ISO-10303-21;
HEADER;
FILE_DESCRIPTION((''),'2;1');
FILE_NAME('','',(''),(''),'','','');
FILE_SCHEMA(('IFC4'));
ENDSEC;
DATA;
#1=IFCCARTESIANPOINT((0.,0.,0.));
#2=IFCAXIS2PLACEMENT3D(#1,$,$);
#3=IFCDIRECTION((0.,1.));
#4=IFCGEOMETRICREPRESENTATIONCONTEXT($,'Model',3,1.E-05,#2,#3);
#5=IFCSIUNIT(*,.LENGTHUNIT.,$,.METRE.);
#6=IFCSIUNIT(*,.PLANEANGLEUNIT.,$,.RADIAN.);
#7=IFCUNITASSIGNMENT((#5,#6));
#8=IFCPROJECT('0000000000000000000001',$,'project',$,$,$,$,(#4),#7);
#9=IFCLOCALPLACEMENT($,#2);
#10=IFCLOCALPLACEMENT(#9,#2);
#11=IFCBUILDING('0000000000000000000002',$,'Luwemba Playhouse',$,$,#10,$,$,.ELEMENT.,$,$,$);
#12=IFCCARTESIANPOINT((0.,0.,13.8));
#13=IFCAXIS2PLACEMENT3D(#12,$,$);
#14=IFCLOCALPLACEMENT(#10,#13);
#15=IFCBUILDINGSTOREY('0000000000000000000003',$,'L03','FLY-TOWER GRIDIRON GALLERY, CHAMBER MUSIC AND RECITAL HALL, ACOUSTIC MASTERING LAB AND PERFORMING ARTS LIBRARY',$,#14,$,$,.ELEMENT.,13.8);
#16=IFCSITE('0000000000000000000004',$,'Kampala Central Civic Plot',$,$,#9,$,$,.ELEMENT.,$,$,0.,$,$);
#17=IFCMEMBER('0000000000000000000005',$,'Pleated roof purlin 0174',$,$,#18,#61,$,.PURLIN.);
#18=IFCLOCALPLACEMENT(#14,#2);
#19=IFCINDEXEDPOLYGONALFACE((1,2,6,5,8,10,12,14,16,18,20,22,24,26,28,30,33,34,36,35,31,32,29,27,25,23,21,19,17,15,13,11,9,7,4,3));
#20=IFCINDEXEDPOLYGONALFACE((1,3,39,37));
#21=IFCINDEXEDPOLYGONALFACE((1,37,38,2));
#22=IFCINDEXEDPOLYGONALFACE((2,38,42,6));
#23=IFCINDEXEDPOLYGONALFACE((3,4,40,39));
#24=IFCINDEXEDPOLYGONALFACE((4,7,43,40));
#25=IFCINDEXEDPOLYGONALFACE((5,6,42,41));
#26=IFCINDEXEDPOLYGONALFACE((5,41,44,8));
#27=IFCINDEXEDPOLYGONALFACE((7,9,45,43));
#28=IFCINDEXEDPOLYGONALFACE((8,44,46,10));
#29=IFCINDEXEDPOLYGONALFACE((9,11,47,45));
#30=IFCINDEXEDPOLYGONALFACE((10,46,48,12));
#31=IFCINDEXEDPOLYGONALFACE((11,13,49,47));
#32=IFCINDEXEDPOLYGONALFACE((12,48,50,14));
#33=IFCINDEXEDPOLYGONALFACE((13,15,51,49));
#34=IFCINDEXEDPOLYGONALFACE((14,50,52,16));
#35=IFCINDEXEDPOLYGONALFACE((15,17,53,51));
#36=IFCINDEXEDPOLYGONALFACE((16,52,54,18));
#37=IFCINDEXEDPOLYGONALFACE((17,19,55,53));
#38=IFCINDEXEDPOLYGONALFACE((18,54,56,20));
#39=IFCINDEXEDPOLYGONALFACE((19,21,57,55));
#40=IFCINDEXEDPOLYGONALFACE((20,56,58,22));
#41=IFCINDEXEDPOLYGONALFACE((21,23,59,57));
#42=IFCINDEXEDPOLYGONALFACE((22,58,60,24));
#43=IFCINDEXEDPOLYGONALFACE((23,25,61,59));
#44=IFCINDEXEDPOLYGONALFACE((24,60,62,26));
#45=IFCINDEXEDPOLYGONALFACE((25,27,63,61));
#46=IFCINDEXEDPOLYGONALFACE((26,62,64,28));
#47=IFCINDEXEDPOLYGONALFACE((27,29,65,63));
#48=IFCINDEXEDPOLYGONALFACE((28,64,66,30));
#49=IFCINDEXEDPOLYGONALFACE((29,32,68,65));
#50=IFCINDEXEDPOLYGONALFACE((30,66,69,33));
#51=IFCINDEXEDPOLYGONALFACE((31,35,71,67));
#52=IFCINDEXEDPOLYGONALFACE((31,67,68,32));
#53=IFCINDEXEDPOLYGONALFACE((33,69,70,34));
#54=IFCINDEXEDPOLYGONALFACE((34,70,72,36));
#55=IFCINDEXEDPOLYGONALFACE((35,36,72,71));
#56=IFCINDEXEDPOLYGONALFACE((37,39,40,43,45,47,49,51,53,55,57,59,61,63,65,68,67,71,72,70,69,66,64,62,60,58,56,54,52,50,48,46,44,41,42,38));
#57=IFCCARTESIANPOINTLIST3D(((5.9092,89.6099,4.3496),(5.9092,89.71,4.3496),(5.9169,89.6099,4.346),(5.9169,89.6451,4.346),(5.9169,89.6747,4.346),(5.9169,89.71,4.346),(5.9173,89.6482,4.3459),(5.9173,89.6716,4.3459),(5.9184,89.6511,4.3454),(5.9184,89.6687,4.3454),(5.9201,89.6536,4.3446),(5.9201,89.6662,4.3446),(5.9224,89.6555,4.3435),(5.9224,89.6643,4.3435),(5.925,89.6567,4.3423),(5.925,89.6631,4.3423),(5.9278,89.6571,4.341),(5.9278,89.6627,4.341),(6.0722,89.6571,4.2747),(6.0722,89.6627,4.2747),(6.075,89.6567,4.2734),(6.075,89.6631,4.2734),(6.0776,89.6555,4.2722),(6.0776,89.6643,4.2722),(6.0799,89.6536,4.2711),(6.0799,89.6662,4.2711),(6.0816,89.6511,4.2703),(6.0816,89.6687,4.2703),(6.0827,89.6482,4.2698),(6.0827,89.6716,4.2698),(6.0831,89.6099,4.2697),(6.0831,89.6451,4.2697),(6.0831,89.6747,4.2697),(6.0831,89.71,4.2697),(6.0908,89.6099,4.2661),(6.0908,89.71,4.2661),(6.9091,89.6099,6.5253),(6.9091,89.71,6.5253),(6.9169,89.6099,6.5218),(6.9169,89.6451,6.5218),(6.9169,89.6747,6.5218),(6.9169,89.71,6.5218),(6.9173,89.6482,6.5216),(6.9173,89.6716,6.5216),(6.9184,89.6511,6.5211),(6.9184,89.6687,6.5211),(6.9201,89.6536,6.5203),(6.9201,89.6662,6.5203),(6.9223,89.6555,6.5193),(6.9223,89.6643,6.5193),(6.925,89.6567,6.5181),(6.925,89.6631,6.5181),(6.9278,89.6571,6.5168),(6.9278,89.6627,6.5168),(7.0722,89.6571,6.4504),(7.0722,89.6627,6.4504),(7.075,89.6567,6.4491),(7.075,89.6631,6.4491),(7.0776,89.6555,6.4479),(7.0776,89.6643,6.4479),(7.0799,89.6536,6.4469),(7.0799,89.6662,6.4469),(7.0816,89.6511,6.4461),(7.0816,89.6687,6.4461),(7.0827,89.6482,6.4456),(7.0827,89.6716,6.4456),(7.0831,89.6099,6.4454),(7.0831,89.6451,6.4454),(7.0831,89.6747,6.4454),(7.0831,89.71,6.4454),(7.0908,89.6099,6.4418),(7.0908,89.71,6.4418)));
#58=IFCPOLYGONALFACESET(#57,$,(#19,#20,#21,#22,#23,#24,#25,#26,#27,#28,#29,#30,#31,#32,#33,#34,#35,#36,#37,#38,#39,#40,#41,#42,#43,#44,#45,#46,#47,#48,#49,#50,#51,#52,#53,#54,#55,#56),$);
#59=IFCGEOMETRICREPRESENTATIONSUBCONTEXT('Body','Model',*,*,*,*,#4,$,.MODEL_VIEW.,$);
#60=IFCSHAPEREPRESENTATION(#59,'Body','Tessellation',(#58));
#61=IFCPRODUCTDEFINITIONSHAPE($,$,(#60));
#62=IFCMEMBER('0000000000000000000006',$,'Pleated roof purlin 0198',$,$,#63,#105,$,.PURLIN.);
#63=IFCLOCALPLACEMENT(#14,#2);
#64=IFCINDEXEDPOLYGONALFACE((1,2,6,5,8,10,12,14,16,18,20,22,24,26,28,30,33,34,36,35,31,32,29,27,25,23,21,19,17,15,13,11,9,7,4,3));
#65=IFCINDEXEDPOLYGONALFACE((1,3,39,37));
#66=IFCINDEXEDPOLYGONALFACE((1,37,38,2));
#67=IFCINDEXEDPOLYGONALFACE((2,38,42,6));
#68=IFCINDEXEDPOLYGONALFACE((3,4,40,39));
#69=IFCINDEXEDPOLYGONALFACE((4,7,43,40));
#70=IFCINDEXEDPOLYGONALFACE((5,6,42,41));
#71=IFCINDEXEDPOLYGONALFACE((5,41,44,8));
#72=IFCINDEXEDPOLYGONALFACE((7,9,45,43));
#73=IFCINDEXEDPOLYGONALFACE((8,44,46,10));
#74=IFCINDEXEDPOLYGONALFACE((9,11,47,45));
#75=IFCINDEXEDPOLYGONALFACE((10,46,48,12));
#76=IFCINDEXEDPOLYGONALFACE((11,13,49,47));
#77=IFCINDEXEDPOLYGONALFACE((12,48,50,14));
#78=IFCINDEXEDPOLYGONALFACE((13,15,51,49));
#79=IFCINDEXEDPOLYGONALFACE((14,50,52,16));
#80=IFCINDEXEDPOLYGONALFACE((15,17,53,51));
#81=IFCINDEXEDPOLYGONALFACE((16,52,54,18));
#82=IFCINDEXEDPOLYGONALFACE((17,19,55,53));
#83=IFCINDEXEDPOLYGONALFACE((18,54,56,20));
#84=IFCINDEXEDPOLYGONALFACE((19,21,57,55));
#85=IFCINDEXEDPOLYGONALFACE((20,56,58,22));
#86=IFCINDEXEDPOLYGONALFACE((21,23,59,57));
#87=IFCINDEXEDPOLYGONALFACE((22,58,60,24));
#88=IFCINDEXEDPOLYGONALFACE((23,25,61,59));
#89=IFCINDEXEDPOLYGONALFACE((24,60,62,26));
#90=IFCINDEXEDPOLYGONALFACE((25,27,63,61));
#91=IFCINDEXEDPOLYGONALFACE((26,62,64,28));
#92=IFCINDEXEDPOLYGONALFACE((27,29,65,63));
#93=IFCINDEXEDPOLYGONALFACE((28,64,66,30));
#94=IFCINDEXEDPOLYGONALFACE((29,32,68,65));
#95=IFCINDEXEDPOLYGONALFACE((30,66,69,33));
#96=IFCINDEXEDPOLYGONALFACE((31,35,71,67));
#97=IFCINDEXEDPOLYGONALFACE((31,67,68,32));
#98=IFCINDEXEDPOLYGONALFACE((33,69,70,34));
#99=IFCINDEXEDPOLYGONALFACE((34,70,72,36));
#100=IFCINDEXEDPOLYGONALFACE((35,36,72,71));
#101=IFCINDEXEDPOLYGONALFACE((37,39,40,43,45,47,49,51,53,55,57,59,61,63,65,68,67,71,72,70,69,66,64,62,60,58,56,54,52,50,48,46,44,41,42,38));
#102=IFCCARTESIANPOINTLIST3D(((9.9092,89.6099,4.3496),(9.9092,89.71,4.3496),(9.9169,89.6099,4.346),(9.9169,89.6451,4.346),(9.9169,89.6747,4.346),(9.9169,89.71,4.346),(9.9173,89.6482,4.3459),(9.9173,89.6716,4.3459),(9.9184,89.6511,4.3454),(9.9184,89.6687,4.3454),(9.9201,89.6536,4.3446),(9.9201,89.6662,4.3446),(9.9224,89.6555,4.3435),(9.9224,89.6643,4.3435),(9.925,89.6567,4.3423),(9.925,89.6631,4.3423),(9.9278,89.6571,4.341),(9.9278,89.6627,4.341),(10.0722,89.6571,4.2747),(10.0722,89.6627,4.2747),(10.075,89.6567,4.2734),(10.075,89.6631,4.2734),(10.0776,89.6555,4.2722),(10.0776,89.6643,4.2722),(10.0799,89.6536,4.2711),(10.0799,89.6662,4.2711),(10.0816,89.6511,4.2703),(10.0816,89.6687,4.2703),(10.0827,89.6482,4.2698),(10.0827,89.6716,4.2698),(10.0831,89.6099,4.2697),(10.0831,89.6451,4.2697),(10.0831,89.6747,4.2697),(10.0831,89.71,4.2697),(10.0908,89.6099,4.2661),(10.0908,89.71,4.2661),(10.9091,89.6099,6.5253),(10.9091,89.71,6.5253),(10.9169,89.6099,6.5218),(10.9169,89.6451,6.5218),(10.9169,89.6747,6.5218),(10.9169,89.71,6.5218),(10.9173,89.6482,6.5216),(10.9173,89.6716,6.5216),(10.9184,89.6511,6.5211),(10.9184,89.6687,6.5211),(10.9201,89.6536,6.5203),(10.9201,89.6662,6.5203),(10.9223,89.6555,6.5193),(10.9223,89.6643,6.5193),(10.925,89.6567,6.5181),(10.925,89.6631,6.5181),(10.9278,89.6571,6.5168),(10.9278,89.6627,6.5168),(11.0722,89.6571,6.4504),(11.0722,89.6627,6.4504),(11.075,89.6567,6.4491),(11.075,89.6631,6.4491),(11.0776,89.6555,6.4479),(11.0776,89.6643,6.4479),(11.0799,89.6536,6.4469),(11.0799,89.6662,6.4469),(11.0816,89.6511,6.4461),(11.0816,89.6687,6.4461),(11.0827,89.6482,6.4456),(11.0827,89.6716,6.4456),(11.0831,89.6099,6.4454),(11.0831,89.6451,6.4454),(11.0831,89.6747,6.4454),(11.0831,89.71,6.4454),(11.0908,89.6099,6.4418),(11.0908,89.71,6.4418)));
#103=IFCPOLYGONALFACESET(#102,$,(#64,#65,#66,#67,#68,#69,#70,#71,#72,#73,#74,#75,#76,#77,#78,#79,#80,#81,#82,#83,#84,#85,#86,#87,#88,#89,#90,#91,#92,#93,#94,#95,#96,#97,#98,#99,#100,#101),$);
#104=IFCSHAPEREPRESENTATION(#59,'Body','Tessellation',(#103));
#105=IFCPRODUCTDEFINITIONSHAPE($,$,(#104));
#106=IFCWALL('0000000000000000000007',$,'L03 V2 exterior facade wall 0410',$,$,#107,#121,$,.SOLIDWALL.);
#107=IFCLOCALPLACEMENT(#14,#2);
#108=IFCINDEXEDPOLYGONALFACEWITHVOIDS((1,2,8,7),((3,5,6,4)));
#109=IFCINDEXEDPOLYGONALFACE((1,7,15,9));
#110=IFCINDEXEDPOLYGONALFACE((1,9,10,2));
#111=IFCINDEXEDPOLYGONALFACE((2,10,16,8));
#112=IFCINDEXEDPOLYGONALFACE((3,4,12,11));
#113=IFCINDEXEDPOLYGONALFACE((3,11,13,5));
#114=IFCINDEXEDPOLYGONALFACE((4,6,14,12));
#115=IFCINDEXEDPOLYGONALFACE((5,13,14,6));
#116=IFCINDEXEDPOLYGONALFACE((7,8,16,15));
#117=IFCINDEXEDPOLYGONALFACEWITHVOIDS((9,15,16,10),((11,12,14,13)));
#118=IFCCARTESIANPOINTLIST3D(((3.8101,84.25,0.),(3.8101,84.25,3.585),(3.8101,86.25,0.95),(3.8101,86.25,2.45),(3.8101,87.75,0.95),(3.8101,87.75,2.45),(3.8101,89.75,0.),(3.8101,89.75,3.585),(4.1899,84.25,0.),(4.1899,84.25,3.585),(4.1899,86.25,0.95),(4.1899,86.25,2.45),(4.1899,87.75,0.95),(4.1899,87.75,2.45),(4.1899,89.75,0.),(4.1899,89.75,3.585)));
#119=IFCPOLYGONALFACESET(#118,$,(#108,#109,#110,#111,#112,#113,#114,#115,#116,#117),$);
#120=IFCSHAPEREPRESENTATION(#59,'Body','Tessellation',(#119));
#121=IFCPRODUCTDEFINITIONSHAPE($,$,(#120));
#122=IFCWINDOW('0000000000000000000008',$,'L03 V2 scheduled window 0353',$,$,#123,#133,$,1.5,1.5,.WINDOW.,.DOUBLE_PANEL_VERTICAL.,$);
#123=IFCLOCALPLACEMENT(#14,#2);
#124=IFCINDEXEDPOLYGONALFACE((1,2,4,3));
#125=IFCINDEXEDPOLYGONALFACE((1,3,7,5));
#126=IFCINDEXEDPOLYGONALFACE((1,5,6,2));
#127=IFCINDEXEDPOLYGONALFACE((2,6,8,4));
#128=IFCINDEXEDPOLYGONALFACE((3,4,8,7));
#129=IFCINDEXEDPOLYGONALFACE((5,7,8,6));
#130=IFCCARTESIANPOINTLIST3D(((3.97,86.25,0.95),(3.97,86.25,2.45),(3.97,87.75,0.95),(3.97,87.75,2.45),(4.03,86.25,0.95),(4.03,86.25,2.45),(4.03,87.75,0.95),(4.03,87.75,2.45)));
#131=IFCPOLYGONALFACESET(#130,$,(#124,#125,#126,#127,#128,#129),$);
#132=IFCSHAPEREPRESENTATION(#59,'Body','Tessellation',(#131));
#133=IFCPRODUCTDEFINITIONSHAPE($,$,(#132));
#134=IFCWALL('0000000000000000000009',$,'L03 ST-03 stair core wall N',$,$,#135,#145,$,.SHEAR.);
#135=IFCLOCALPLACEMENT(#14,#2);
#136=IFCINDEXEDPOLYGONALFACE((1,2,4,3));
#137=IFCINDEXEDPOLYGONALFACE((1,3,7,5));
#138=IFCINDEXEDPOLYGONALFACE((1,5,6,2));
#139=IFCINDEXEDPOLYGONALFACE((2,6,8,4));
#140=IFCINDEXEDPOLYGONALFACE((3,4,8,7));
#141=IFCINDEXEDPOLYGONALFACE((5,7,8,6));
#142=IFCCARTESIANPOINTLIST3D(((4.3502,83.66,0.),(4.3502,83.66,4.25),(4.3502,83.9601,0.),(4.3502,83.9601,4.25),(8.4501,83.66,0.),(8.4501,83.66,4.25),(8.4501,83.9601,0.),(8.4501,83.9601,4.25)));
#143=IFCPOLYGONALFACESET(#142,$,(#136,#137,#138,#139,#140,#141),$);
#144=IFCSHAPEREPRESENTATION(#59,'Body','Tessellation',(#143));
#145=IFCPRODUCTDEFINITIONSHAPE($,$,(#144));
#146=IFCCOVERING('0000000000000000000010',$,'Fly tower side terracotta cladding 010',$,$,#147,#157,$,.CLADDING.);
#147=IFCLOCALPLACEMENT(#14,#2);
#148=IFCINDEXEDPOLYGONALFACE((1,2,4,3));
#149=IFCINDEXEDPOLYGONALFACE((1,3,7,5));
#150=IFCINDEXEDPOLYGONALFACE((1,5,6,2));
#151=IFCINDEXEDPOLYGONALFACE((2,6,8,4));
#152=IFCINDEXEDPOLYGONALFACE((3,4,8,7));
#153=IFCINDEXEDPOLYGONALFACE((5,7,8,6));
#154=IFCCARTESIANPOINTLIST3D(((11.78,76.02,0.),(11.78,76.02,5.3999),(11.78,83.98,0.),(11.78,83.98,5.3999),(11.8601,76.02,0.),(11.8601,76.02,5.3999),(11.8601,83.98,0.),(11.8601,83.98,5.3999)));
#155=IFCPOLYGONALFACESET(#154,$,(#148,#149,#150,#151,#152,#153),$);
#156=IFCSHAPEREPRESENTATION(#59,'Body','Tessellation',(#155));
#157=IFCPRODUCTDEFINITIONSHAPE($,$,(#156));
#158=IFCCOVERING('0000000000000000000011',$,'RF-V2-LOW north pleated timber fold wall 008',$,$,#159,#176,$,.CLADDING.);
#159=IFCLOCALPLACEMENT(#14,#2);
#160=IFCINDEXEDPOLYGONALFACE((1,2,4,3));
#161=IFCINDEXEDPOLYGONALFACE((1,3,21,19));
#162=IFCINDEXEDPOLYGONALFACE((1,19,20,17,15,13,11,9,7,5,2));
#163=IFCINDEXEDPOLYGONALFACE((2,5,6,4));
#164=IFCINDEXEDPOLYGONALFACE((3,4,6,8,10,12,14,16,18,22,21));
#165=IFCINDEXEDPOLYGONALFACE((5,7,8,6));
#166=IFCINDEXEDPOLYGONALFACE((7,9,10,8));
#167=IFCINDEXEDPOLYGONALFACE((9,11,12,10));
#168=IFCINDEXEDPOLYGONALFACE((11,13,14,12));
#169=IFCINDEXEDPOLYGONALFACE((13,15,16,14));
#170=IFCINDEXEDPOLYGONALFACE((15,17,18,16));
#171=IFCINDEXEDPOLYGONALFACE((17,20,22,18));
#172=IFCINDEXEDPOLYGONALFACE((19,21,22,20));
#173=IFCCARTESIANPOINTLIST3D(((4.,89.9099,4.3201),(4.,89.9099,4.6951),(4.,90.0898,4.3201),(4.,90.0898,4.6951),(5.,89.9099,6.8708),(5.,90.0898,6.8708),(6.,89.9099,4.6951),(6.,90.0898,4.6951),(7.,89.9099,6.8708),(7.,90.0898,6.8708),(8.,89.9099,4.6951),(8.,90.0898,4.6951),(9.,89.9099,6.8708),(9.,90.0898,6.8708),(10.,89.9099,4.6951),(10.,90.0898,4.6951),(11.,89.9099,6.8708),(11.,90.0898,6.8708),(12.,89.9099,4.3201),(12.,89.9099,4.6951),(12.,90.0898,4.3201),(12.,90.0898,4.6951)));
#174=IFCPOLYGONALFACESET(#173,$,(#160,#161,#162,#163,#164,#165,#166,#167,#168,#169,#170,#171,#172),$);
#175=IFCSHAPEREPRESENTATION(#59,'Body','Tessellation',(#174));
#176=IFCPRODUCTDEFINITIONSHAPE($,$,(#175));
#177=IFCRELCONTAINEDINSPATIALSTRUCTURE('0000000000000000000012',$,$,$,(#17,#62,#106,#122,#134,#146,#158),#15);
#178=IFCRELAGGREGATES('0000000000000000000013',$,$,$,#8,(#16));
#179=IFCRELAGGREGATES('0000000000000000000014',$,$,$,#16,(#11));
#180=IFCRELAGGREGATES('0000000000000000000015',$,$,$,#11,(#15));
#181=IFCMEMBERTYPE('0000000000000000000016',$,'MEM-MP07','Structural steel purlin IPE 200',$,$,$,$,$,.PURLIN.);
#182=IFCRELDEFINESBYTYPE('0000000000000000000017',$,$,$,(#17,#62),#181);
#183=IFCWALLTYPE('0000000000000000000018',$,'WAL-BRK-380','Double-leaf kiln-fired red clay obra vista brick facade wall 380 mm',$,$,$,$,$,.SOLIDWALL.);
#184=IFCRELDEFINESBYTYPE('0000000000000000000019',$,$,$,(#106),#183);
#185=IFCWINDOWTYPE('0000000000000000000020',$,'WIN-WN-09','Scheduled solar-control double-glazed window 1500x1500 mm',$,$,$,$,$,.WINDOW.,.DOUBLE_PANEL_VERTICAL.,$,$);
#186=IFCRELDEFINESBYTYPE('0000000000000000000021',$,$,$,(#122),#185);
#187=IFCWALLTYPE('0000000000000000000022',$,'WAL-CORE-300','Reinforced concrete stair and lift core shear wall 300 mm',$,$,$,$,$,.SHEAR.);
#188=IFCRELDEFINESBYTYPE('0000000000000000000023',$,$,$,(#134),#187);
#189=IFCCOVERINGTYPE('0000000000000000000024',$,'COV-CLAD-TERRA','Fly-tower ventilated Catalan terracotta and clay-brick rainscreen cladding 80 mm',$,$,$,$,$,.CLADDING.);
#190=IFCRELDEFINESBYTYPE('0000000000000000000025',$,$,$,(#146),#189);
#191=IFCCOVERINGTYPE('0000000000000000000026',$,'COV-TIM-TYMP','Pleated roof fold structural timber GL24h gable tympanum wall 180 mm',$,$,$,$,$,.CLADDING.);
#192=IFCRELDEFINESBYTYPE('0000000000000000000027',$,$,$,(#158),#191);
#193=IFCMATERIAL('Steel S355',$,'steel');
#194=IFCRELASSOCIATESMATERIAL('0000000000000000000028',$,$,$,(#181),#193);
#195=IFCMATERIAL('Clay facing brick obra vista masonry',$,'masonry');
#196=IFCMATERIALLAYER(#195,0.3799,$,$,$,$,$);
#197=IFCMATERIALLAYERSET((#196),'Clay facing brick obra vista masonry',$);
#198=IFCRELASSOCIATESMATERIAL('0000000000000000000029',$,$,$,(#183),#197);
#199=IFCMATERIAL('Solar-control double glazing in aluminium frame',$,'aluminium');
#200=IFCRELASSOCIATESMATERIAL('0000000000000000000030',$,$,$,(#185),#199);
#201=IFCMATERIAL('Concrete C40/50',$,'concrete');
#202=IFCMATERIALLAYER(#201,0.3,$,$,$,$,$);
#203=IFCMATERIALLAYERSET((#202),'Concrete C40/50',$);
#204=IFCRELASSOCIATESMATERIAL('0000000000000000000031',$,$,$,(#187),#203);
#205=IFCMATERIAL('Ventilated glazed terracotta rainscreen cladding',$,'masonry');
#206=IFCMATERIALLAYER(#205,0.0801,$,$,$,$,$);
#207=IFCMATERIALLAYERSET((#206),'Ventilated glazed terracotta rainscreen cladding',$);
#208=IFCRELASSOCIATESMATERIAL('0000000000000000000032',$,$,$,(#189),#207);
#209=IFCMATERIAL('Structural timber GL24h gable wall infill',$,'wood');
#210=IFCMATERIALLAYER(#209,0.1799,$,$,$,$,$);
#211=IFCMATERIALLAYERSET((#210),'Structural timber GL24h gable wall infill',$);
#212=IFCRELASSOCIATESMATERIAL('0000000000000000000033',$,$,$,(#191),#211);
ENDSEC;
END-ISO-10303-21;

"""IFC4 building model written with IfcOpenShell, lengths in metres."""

from ifc_helpers import new_model, si_unit, direction, frame, frame_2d, origin, origin_2d, place, context, subcontext, project, spatial, polyline, rectangle, i_section, outline, extrude, material, layer, layer_set, material_profile, profile_set, type_object, element, fill, save


model = new_model("IFC4")

# Units and contexts
model_context = context("Model", 3, precision=1e-05, world=origin(), true_north=direction((0.0, 1.0)))
body_context = subcontext(model_context, "Body", "Model", "MODEL_VIEW")
ifc_project = project(units=[si_unit("LENGTHUNIT", "METRE"), si_unit("PLANEANGLEUNIT", "RADIAN")], contexts=[model_context])

# Site, building, storey
site_placement = place(None, origin())
site = spatial("IfcSite", under=ifc_project, at=site_placement, Name="Kampala Central Civic Plot", CompositionType="ELEMENT", RefElevation=0.0)
building_placement = place(site_placement, origin())
building = spatial("IfcBuilding", under=site, at=building_placement, Name="Luwemba Playhouse", CompositionType="ELEMENT")
storey_placement = place(building_placement, frame((0.0, 0.0, 13.8)))
storey = spatial("IfcBuildingStorey", under=building, at=storey_placement, Name="L03", Description="FLY-TOWER GRIDIRON GALLERY, CHAMBER MUSIC AND RECITAL HALL, ACOUSTIC MASTERING LAB AND PERFORMING ARTS LIBRARY", CompositionType="ELEMENT", Elevation=13.8)

# Shared definitions
ifc_material_1 = material(Name="Concrete C40/50", Category="concrete")

# Shared definitions
ifc_material_2 = material(Name="Steel S355", Category="steel")

# Members
ifc_material_profile_1 = material_profile(ifc_material_2, i_section(OverallWidth=0.1001, OverallDepth=0.2, WebThickness=0.0056, FlangeThickness=0.0085, FilletRadius=0.012, at=origin_2d()))
ifc_profile_set_1 = profile_set([ifc_material_profile_1], Name="Steel S355")
member_type_1 = type_object("IfcMemberType", Name="MEM-MP07", Description="Structural steel purlin IPE 200", PredefinedType="PURLIN", material=ifc_profile_set_1)
for number, where, z_axis, x_axis, name in (
    (1, (6.0, 89.6599, 4.3079), (0.417609, 0.0, 0.908627), (0.0, 1.0, 0.0), "Pleated roof purlin 0174"),
    (2, (10.0, 89.6599, 4.3079), (0.417609, 0.0, 0.908627), (0.0, 1.0, 0.0), "Pleated roof purlin 0198"),
):
    element("IfcMember", number, at=place(storey_placement, frame(where, z_axis=z_axis, x_axis=x_axis)), inside=storey, type_object=member_type_1, Name=name, PredefinedType="PURLIN", context=body_context, shape_type="SweptSolid", body=[
        extrude(i_section(OverallWidth=0.1001, OverallDepth=0.2, WebThickness=0.0056, FlangeThickness=0.0085, FilletRadius=0.012, at=origin_2d()), origin(), (0.0, 0.0, 1.0), 2.3945),
    ])

# Wall, opening, window
ifc_material_3 = material(Name="Clay facing brick obra vista masonry", Category="masonry")
ifc_layer_1 = layer(ifc_material_3, 0.3799)
ifc_layer_set_1 = layer_set([ifc_layer_1], Name="Clay facing brick obra vista masonry")
wall_type_1 = type_object("IfcWallType", Name="WAL-BRK-380", Description="Double-leaf kiln-fired red clay obra vista brick facade wall 380 mm", PredefinedType="SOLIDWALL", material=ifc_layer_set_1)
wall_1_placement = place(storey_placement, frame((4.0, 84.25, 0.0), z_axis=(0.0, 0.0, 1.0), x_axis=(0.0, 1.0, 0.0)))
wall_1 = element("IfcWall", 3, at=wall_1_placement, inside=storey, type_object=wall_type_1, Name="L03 V2 exterior facade wall 0410", PredefinedType="SOLIDWALL", context=body_context, shape_type="SweptSolid", body=[
    extrude(rectangle(XDim=5.5, YDim=0.3799, at=frame_2d((2.75, 0.0))), origin(), (0.0, 0.0, 1.0), 3.585),
])
opening_placement = place(wall_1_placement, frame((2.0, 0.0, 0.95)))
opening = element("IfcOpeningElement", 4, at=opening_placement, cuts=wall_1, PredefinedType="OPENING", context=body_context, shape_type="SweptSolid", body=[
    extrude(rectangle(XDim=1.5, YDim=1.5, at=frame_2d((0.75, 0.75))), frame((0.0, 0.2, 0.0), z_axis=(0.0, -1.0, 0.0), x_axis=(1.0, 0.0, 0.0)), (0.0, 0.0, 1.0), 0.3999),
])
ifc_material_4 = material(Name="Solar-control double glazing in aluminium frame", Category="aluminium")
window_type = type_object("IfcWindowType", Name="WIN-WN-09", Description="Scheduled solar-control double-glazed window 1500x1500 mm", PartitioningType="DOUBLE_PANEL_VERTICAL", PredefinedType="WINDOW", material=ifc_material_4)
window_placement = place(opening_placement, origin())
window = element("IfcWindow", 5, at=window_placement, inside=storey, type_object=window_type, Name="L03 V2 scheduled window 0353", OverallHeight=1.5, OverallWidth=1.5, PartitioningType="DOUBLE_PANEL_VERTICAL", PredefinedType="WINDOW", context=body_context, shape_type="SweptSolid", body=[
    extrude(rectangle(XDim=1.5, YDim=1.5, at=frame_2d((0.75, 0.75))), frame((0.0, 0.03, 0.0), z_axis=(0.0, -1.0, 0.0), x_axis=(1.0, 0.0, 0.0)), (0.0, 0.0, 1.0), 0.0601),
])
fill(opening, window)

# Wall
ifc_layer_2 = layer(ifc_material_1, 0.3)
ifc_layer_set_2 = layer_set([ifc_layer_2], Name="Concrete C40/50")
wall_type_2 = type_object("IfcWallType", Name="WAL-CORE-300", Description="Reinforced concrete stair and lift core shear wall 300 mm", PredefinedType="SHEAR", material=ifc_layer_set_2)
wall_2_placement = place(storey_placement, frame((8.45, 83.8101, 0.0), z_axis=(0.0, 0.0, 1.0), x_axis=(-1.0, 0.0, 0.0)))
element("IfcWall", 6, at=wall_2_placement, inside=storey, type_object=wall_type_2, Name="L03 ST-03 stair core wall N", PredefinedType="SHEAR", context=body_context, shape_type="SweptSolid", body=[
    extrude(rectangle(XDim=4.0999, YDim=0.3, at=frame_2d((2.0498, 0.0))), origin(), (0.0, 0.0, 1.0), 4.25),
])

# Coverings
ifc_material_5 = material(Name="Ventilated glazed terracotta rainscreen cladding", Category="masonry")
ifc_layer_3 = layer(ifc_material_5, 0.0801)
ifc_layer_set_3 = layer_set([ifc_layer_3], Name="Ventilated glazed terracotta rainscreen cladding")
covering_type_1 = type_object("IfcCoveringType", Name="COV-CLAD-TERRA", Description="Fly-tower ventilated Catalan terracotta and clay-brick rainscreen cladding 80 mm", PredefinedType="CLADDING", material=ifc_layer_set_3)
covering_1_placement = place(storey_placement, frame((11.8201, 80.0, 0.0), z_axis=(0.0, 0.0, 1.0), x_axis=(0.0, 1.0, 0.0)))
element("IfcCovering", 7, at=covering_1_placement, inside=storey, type_object=covering_type_1, Name="Fly tower side terracotta cladding 010", PredefinedType="CLADDING", context=body_context, shape_type="SweptSolid", body=[
    extrude(rectangle(XDim=7.96, YDim=0.0801, at=origin_2d()), origin(), (0.0, 0.0, 1.0), 5.3999),
])
ifc_material_6 = material(Name="Structural timber GL24h gable wall infill", Category="wood")
ifc_layer_4 = layer(ifc_material_6, 0.1799)
ifc_layer_set_4 = layer_set([ifc_layer_4], Name="Structural timber GL24h gable wall infill")
covering_type_2 = type_object("IfcCoveringType", Name="COV-TIM-TYMP", Description="Pleated roof fold structural timber GL24h gable tympanum wall 180 mm", PredefinedType="CLADDING", material=ifc_layer_set_4)
covering_2_placement = place(storey_placement, frame((4.0, 90.0, 4.3201), z_axis=(0.0, 0.0, 1.0), x_axis=(1.0, 0.0, 0.0)))
element("IfcCovering", 8, at=covering_2_placement, inside=storey, type_object=covering_type_2, Name="RF-V2-LOW north pleated timber fold wall 008", PredefinedType="CLADDING", context=body_context, shape_type="SweptSolid", body=[
    extrude(outline(polyline([(0.0, 0.0), (8.0, 0.0), (8.0, 0.375), (7.0, 2.5508), (6.0, 0.375), (5.0, 2.5508), (4.0, 0.375), (3.0, 2.5508), (2.0, 0.375), (1.0, 2.5508), (0.0, 0.375), (0.0, 0.0)])), frame((0.0, 0.0898, 0.0), z_axis=(0.0, -1.0, 0.0), x_axis=(1.0, 0.0, 0.0)), (0.0, 0.0, 1.0), 0.1799),
])

save(model, "model.ifc")
